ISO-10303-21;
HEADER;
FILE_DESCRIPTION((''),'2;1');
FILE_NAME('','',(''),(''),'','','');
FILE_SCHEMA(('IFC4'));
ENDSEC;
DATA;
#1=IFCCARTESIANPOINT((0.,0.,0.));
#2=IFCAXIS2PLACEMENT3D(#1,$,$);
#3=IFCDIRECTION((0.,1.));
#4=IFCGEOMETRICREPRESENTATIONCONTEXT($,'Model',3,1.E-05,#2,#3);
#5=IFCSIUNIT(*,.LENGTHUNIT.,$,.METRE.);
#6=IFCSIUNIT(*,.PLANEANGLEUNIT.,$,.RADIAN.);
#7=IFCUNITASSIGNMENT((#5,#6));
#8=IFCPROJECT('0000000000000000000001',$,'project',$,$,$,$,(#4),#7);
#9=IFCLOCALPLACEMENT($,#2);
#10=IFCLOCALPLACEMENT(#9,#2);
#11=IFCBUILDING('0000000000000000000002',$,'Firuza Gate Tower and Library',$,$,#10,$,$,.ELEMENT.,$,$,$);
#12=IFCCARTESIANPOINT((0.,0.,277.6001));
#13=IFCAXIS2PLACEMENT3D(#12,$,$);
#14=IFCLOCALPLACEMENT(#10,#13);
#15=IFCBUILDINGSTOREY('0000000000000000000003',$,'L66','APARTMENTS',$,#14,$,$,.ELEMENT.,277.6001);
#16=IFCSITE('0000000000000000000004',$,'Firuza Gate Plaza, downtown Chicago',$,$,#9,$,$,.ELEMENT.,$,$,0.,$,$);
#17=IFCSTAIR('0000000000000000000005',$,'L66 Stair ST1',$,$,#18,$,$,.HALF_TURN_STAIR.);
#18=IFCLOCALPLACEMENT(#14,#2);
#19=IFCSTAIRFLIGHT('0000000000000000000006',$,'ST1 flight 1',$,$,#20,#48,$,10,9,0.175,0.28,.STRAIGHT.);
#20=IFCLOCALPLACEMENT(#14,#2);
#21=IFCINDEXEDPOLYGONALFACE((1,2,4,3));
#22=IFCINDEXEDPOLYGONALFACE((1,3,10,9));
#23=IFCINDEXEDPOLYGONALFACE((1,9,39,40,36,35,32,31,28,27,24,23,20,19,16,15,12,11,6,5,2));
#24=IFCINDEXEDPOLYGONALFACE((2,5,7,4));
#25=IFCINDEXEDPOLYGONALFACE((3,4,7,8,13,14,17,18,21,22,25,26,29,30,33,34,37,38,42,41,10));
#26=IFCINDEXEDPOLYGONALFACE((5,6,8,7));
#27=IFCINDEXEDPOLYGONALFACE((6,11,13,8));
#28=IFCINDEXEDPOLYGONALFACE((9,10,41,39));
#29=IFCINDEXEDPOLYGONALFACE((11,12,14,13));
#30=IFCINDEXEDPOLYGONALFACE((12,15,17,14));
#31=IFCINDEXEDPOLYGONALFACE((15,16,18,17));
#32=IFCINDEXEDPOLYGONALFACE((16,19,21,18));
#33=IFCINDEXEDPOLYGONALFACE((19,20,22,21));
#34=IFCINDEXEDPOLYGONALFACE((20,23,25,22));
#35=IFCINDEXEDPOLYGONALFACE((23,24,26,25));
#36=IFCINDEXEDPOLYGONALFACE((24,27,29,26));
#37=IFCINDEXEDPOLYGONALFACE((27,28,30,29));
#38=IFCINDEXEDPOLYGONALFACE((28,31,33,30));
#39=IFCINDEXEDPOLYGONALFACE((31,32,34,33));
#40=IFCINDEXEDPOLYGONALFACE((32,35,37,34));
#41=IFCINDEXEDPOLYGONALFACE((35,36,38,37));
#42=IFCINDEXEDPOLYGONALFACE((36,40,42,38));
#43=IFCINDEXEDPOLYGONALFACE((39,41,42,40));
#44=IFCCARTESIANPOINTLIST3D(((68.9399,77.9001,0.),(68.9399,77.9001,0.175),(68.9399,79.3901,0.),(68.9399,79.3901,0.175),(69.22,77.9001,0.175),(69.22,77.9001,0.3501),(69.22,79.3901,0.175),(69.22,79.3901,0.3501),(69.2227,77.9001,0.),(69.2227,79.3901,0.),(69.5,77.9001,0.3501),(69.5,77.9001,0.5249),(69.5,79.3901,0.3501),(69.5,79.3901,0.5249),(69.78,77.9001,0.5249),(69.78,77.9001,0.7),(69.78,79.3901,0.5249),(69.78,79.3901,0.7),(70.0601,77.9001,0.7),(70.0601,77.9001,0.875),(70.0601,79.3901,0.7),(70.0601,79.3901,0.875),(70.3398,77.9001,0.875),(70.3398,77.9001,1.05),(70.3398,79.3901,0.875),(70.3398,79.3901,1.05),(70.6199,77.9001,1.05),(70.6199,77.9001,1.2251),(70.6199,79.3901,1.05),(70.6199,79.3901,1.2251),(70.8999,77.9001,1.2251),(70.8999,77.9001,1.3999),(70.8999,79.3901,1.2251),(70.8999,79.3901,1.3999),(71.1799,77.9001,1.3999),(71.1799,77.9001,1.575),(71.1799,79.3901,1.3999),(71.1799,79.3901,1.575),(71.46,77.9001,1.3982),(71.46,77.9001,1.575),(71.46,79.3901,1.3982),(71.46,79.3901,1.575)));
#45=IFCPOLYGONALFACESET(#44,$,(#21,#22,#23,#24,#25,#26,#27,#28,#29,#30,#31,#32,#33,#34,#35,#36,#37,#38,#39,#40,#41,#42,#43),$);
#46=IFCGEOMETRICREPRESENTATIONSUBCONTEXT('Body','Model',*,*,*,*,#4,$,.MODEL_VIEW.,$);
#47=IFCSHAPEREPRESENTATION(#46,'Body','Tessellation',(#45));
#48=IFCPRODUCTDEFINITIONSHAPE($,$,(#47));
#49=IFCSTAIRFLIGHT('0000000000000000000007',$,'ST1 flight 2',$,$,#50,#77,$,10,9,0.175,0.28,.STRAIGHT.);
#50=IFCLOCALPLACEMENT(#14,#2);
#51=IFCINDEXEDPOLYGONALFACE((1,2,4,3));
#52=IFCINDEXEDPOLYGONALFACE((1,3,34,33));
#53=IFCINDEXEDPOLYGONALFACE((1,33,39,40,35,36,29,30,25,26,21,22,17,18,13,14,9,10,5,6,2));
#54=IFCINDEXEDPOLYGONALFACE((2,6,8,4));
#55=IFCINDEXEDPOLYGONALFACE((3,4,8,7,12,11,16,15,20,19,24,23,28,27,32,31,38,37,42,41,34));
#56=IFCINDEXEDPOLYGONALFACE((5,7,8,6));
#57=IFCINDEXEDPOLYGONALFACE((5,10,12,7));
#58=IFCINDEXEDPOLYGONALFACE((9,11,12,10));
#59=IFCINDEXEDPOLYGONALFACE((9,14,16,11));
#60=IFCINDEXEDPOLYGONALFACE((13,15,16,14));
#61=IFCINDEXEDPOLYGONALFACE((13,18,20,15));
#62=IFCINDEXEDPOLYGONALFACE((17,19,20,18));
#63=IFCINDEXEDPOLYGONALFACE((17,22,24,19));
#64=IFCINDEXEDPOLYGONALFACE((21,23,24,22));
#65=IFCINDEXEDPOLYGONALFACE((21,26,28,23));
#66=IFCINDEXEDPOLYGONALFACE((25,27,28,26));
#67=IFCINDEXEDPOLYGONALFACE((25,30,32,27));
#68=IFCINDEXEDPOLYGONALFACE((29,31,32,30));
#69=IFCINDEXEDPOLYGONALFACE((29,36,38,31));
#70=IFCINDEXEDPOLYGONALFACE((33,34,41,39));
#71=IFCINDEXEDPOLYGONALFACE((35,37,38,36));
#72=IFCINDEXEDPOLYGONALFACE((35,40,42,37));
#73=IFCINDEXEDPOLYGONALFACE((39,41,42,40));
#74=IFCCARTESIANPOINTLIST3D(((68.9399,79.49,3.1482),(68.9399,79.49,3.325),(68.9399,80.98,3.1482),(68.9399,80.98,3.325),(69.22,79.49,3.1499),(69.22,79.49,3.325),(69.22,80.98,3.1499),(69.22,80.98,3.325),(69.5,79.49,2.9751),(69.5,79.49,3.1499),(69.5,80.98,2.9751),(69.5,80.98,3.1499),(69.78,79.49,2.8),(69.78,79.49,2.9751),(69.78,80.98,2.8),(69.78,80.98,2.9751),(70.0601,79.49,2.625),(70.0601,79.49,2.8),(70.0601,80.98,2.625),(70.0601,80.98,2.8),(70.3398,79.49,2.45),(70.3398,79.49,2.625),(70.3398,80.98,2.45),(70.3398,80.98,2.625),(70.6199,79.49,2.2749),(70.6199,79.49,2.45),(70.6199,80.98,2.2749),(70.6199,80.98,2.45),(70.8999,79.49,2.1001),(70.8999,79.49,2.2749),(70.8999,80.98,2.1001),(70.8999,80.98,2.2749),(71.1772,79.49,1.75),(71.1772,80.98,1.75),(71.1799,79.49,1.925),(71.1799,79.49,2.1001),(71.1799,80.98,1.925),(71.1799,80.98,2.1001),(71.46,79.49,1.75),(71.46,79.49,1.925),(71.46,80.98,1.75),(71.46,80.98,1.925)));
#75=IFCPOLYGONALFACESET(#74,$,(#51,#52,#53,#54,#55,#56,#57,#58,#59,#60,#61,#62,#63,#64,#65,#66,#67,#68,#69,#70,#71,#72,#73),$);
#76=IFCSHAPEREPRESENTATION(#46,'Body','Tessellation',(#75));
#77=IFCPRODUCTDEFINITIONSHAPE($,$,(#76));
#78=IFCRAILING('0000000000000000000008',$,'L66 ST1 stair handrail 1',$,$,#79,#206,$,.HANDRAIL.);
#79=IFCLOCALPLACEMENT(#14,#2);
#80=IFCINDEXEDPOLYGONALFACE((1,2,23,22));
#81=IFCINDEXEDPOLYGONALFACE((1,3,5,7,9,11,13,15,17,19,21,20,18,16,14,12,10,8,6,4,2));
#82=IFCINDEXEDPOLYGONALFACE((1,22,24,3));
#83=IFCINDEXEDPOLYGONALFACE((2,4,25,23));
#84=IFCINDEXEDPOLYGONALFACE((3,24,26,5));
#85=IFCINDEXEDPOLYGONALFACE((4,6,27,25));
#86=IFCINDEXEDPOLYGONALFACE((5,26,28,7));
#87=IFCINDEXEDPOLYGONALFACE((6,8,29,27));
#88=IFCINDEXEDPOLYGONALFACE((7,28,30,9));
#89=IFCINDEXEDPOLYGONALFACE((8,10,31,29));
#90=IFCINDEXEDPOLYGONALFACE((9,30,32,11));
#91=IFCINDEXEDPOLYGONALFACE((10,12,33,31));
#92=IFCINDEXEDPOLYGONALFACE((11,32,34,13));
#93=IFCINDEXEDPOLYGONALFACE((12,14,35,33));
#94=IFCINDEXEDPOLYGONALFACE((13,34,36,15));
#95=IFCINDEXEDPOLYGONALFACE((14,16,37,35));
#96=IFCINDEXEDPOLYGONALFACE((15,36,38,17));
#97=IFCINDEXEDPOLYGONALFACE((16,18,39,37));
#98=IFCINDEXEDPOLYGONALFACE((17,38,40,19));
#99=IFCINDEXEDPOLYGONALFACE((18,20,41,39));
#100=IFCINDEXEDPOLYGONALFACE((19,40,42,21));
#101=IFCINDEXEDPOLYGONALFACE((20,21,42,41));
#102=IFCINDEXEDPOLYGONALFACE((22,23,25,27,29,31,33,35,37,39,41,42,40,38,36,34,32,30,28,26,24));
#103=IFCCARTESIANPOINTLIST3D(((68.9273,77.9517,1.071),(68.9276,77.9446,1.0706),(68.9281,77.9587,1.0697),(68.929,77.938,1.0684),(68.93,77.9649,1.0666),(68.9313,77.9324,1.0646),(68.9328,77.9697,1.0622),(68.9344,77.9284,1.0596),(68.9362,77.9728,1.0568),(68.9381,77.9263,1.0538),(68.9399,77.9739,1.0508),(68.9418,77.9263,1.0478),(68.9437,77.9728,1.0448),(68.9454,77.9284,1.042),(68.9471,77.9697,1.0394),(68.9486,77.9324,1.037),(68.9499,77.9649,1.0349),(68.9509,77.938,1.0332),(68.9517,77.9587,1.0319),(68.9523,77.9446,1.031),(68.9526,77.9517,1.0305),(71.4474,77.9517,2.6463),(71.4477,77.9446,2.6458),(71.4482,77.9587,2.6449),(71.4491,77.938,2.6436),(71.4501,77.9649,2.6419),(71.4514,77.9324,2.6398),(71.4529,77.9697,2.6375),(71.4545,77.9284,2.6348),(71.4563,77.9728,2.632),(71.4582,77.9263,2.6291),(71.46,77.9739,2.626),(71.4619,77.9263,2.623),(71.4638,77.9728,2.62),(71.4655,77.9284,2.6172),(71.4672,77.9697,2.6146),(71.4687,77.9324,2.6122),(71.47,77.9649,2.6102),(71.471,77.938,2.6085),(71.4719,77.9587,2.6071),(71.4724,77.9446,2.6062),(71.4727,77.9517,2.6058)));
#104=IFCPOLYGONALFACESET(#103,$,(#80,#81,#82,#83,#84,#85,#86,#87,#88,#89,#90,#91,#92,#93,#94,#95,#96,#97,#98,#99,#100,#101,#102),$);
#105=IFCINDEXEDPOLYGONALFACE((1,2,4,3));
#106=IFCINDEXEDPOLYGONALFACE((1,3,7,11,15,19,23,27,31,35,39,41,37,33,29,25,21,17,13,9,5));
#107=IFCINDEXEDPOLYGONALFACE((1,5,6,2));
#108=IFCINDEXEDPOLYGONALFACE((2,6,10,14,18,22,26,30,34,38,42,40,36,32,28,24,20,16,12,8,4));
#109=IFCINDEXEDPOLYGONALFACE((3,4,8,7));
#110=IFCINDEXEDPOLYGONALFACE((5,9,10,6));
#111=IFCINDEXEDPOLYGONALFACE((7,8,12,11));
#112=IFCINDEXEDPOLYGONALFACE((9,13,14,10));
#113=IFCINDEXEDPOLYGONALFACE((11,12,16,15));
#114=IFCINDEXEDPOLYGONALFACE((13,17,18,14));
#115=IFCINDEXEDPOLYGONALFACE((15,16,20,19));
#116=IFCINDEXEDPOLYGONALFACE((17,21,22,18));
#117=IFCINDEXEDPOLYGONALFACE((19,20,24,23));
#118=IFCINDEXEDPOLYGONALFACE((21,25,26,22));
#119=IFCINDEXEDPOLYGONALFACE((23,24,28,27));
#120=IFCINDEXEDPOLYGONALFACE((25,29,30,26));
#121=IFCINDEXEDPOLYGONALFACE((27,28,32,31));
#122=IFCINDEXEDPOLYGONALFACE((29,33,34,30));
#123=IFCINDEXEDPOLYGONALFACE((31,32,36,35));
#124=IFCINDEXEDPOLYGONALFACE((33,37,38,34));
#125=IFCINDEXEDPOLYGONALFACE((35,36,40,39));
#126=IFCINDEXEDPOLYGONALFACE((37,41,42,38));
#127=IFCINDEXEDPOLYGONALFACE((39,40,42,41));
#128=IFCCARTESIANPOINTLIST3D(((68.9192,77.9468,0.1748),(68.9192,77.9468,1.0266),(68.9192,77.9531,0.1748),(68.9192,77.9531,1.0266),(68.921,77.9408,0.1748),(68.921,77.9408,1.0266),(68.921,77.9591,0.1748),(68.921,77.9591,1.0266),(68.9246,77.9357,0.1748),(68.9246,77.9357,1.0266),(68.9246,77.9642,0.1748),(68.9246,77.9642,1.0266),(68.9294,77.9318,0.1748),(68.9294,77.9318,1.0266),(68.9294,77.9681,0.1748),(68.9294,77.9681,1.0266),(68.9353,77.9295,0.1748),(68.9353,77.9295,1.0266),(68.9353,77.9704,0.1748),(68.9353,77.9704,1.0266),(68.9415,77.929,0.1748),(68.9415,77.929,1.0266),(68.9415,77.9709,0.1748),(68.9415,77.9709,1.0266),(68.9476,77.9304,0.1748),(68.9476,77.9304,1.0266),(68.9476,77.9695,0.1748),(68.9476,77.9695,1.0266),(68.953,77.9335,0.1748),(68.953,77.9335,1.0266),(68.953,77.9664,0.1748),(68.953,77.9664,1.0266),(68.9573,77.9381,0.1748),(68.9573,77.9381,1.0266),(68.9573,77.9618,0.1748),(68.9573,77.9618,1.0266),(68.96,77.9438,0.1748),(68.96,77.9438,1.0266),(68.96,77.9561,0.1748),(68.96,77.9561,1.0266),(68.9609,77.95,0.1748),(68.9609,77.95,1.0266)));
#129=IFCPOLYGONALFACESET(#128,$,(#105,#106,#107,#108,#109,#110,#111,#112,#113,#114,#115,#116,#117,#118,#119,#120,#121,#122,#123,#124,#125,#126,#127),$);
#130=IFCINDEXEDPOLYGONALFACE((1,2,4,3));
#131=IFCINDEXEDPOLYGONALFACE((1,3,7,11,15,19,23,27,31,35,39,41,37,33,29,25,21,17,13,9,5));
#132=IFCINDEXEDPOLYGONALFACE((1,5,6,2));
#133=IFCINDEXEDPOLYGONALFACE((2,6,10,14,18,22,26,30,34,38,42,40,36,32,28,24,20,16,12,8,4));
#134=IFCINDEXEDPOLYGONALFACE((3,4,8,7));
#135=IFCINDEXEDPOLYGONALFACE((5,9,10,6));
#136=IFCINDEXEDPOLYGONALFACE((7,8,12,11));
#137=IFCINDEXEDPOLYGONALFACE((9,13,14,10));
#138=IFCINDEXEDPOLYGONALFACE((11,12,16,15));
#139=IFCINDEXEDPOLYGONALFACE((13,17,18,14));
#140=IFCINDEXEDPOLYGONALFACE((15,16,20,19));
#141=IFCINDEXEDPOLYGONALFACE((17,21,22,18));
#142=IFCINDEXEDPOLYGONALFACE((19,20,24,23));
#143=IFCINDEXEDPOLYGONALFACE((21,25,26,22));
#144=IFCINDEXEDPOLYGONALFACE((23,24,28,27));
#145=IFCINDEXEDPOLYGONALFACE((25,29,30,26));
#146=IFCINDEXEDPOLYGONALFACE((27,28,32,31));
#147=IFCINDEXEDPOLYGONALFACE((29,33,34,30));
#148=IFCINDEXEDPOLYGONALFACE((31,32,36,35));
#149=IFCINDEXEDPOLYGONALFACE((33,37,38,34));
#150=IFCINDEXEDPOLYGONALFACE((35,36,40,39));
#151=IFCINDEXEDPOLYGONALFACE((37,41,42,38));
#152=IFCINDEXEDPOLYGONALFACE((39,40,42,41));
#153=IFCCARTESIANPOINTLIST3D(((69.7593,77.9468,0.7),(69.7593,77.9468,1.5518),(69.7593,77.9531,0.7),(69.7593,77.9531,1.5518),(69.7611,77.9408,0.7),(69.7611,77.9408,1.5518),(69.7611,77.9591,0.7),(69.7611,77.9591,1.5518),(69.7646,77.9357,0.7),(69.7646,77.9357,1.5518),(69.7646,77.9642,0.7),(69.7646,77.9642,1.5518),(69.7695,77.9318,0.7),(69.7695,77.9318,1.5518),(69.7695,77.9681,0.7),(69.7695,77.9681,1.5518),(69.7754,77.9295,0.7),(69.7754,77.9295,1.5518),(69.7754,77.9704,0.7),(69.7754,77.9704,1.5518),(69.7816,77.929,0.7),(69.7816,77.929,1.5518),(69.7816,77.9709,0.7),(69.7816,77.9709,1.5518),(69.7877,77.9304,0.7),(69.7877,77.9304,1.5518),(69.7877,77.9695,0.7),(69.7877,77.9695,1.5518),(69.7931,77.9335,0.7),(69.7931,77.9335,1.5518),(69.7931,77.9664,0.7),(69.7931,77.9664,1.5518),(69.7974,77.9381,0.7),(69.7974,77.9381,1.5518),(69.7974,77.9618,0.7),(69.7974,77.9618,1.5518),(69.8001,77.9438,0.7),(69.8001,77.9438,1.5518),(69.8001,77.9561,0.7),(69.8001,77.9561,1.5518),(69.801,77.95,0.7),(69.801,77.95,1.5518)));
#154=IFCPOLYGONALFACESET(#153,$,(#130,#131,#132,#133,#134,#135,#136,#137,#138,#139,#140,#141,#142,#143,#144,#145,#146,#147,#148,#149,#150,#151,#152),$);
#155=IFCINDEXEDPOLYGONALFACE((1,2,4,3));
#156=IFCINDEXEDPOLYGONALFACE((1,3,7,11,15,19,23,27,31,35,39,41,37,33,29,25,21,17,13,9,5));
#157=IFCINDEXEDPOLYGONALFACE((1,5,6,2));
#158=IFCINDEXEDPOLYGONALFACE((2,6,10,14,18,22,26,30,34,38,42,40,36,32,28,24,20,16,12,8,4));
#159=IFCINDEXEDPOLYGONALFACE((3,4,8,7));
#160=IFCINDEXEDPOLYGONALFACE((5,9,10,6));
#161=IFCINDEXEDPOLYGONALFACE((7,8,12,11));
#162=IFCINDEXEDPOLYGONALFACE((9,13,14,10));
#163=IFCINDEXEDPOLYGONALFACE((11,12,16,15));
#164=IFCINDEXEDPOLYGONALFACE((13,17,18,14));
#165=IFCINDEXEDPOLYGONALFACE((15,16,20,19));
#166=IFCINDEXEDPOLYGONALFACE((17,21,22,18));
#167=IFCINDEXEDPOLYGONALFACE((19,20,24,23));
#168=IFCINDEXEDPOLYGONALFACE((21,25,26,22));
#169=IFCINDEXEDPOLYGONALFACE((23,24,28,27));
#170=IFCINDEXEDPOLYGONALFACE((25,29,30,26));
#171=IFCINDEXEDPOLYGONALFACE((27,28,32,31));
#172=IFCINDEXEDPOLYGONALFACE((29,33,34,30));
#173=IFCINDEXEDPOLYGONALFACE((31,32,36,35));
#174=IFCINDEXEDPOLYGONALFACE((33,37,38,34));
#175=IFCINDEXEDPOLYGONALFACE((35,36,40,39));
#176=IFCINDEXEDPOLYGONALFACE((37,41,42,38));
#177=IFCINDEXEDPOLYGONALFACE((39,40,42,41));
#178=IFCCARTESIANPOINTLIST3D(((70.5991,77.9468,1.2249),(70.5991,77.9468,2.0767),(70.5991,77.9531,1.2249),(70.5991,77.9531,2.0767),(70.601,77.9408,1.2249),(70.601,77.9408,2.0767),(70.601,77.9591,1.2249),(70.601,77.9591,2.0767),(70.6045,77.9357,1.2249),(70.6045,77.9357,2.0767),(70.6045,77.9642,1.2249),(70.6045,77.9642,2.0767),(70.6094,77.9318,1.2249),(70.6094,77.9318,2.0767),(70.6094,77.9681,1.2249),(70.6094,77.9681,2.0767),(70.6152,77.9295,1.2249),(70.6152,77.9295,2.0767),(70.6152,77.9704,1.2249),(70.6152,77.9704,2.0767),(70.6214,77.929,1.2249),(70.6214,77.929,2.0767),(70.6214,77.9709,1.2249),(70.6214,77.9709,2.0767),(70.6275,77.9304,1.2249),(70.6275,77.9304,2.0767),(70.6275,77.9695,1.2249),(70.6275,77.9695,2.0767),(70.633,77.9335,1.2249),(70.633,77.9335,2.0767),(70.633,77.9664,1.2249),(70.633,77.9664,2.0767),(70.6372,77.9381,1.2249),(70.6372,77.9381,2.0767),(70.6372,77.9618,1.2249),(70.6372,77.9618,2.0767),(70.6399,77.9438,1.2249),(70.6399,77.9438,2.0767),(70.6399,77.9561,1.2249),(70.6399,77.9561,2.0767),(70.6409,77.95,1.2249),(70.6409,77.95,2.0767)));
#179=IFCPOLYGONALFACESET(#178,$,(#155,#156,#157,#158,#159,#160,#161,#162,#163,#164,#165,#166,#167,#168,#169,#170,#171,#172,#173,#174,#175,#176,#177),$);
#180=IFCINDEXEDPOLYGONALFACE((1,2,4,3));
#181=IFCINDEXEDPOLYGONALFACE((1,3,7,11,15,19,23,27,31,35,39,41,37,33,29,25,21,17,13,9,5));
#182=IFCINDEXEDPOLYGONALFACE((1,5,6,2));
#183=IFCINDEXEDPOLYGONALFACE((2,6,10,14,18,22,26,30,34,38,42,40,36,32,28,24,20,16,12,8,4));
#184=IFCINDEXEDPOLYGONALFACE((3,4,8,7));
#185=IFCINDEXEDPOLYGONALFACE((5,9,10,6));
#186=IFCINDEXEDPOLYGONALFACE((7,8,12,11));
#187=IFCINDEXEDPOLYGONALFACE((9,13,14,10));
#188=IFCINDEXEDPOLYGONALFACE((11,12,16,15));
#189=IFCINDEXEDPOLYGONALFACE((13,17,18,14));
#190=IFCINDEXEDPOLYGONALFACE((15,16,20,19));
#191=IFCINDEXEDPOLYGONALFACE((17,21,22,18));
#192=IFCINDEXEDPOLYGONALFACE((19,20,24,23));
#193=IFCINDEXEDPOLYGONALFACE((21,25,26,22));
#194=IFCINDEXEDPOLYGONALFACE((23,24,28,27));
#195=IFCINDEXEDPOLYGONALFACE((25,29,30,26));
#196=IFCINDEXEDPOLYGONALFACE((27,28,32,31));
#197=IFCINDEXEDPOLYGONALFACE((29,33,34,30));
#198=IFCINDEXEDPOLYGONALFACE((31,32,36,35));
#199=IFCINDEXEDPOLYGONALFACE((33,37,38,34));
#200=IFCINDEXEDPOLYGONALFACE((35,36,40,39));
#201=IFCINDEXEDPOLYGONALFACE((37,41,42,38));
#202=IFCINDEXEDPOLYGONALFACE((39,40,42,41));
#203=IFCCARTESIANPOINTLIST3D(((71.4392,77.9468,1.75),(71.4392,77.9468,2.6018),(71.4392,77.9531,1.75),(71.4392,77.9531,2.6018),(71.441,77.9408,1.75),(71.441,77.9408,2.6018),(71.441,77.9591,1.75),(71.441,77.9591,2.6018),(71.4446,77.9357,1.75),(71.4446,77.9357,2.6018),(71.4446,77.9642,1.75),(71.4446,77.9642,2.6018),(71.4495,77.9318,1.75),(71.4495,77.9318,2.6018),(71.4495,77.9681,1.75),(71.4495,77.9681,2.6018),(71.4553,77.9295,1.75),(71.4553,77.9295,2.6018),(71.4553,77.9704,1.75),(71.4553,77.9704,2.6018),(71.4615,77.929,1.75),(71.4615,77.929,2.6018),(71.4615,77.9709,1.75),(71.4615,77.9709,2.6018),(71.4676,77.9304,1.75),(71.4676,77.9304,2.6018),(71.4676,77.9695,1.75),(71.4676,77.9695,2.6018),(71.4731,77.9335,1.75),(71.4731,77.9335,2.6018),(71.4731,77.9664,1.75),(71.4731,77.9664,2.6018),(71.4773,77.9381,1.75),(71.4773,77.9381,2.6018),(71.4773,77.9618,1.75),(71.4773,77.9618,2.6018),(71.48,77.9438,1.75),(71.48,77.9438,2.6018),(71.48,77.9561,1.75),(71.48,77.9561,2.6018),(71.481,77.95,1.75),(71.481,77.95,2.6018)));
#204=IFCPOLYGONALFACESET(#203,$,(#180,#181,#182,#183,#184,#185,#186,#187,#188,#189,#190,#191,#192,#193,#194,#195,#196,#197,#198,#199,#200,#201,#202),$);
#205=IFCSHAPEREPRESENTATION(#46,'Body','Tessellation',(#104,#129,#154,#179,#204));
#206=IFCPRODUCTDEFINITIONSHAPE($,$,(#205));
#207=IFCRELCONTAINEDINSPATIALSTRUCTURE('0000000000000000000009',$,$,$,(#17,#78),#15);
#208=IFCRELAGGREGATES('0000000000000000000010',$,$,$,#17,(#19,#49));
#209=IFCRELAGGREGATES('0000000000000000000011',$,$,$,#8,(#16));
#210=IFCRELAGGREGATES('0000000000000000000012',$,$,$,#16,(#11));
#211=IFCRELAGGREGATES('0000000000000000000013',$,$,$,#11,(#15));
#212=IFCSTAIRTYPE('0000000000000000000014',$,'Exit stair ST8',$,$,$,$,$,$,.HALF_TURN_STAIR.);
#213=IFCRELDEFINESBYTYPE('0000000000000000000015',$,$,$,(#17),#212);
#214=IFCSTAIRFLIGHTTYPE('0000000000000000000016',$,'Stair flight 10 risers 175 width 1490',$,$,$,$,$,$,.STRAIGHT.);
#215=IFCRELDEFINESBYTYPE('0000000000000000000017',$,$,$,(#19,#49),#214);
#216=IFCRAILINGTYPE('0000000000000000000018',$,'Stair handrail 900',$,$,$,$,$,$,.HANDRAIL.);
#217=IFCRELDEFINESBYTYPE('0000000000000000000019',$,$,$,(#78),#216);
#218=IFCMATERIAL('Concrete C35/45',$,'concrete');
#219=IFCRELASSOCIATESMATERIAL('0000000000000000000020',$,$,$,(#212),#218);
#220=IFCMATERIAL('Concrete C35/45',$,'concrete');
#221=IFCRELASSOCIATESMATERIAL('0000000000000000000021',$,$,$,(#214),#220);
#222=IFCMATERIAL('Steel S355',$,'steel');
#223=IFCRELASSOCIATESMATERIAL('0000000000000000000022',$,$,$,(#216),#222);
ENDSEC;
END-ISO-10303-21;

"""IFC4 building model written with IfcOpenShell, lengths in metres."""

from ifc_helpers import new_model, si_unit, direction, frame, origin, origin_2d, place, context, subcontext, project, spatial, polyline, circle, outline, extrude, material, type_object, element, aggregate, save


model = new_model("IFC4")

# Units and contexts
model_context = context("Model", 3, precision=1e-05, world=origin(), true_north=direction((0.0, 1.0)))
body_context = subcontext(model_context, "Body", "Model", "MODEL_VIEW")
ifc_project = project(units=[si_unit("LENGTHUNIT", "METRE"), si_unit("PLANEANGLEUNIT", "RADIAN")], contexts=[model_context])

# Site, building, storey
site_placement = place(None, origin())
site = spatial("IfcSite", under=ifc_project, at=site_placement, Name="Firuza Gate Plaza, downtown Chicago", CompositionType="ELEMENT", RefElevation=0.0)
building_placement = place(site_placement, origin())
building = spatial("IfcBuilding", under=site, at=building_placement, Name="Firuza Gate Tower and Library", CompositionType="ELEMENT")
storey_placement = place(building_placement, frame((0.0, 0.0, 277.6001)))
storey = spatial("IfcBuildingStorey", under=building, at=storey_placement, Name="L66", Description="APARTMENTS", CompositionType="ELEMENT", Elevation=277.6001)

# Stair, stair flights
ifc_material_1 = material(Name="Concrete C35/45", Category="concrete")
stair_type = type_object("IfcStairType", Name="Exit stair ST8", PredefinedType="HALF_TURN_STAIR", material=ifc_material_1)
stair_placement = place(storey_placement, origin())
stair = element("IfcStair", 1, at=stair_placement, inside=storey, type_object=stair_type, Name="L66 Stair ST1", PredefinedType="HALF_TURN_STAIR")
ifc_material_2 = material(Name="Concrete C35/45", Category="concrete")
stair_flight_type = type_object("IfcStairFlightType", Name="Stair flight 10 risers 175 width 1490", PredefinedType="STRAIGHT", material=ifc_material_2)
stair_flight_1_placement = place(storey_placement, frame((68.9399, 78.645, 0.0), z_axis=(0.0, 0.0, 1.0), x_axis=(1.0, 0.0, 0.0)))
stair_flight_1 = element("IfcStairFlight", 2, at=stair_flight_1_placement, type_object=stair_flight_type, Name="ST1 flight 1", NumberOfRisers=10, NumberOfTreads=9, PredefinedType="STRAIGHT", RiserHeight=0.175, TreadLength=0.28, context=body_context, shape_type="SweptSolid", body=[
    extrude(outline(polyline([(0.0, 0.0), (0.0, 0.175), (0.28, 0.175), (0.28, 0.3501), (0.5601, 0.3501), (0.5601, 0.5249), (0.8401, 0.5249), (0.8401, 0.7), (1.1201, 0.7), (1.1201, 0.875), (1.3999, 0.875), (1.3999, 1.05), (1.6799, 1.05), (1.6799, 1.2251), (1.96, 1.2251), (1.96, 1.3999), (2.24, 1.3999), (2.24, 1.575), (2.52, 1.575), (2.52, 1.75), (2.52, 1.3982), (0.2827, 0.0), (0.0, 0.0)])), frame((0.0, 0.7451, 0.0), z_axis=(0.0, -1.0, 0.0), x_axis=(1.0, 0.0, 0.0)), (0.0, 0.0, 1.0), 1.49),
])
stair_flight_2_placement = place(storey_placement, frame((71.46, 80.2351, 1.75), z_axis=(0.0, 0.0, 1.0), x_axis=(-1.0, 0.0, 0.0)))
stair_flight_2 = element("IfcStairFlight", 3, at=stair_flight_2_placement, type_object=stair_flight_type, Name="ST1 flight 2", NumberOfRisers=10, NumberOfTreads=9, PredefinedType="STRAIGHT", RiserHeight=0.175, TreadLength=0.28, context=body_context, shape_type="SweptSolid", body=[
    extrude(outline(polyline([(0.0, 0.0), (0.0, 0.175), (0.28, 0.175), (0.28, 0.3501), (0.5601, 0.3501), (0.5601, 0.5249), (0.8401, 0.5249), (0.8401, 0.7), (1.1201, 0.7), (1.1201, 0.875), (1.3999, 0.875), (1.3999, 1.05), (1.6799, 1.05), (1.6799, 1.2251), (1.96, 1.2251), (1.96, 1.3999), (2.24, 1.3999), (2.24, 1.575), (2.52, 1.575), (2.52, 1.75), (2.52, 1.3982), (0.2827, 0.0), (0.0, 0.0)])), frame((0.0, 0.7451, 0.0), z_axis=(0.0, -1.0, 0.0), x_axis=(1.0, 0.0, 0.0)), (0.0, 0.0, 1.0), 1.49),
])
aggregate(stair, [stair_flight_1, stair_flight_2])

# Railing
ifc_material_3 = material(Name="Steel S355", Category="steel")
railing_type_1 = type_object("IfcRailingType", Name="Stair handrail 900", PredefinedType="HANDRAIL", material=ifc_material_3)
railing_1_placement = place(storey_placement, frame((68.9399, 77.95, 0.1748)))
element("IfcRailing", 4, at=railing_1_placement, inside=storey, type_object=railing_type_1, Name="L66 ST1 stair handrail 1", PredefinedType="HANDRAIL", context=body_context, shape_type="SweptSolid", body=[
    extrude(circle(Radius=0.0239, at=origin_2d()), frame((0.0, 0.0, 0.876), z_axis=(0.847971, 0.0, 0.530043), x_axis=(0.0, 1.0, 0.0)), (0.0, 0.0, 1.0), 2.9719),
    extrude(circle(Radius=0.021, at=origin_2d()), origin(), (0.0, 0.0, 1.0), 0.8518),
    extrude(circle(Radius=0.021, at=origin_2d()), frame((0.8401, 0.0, 0.5251)), (0.0, 0.0, 1.0), 0.8518),
    extrude(circle(Radius=0.021, at=origin_2d()), frame((1.6799, 0.0, 1.05)), (0.0, 0.0, 1.0), 0.8518),
    extrude(circle(Radius=0.021, at=origin_2d()), frame((2.52, 0.0, 1.5752)), (0.0, 0.0, 1.0), 0.8518),
])

save(model, "model.ifc")
